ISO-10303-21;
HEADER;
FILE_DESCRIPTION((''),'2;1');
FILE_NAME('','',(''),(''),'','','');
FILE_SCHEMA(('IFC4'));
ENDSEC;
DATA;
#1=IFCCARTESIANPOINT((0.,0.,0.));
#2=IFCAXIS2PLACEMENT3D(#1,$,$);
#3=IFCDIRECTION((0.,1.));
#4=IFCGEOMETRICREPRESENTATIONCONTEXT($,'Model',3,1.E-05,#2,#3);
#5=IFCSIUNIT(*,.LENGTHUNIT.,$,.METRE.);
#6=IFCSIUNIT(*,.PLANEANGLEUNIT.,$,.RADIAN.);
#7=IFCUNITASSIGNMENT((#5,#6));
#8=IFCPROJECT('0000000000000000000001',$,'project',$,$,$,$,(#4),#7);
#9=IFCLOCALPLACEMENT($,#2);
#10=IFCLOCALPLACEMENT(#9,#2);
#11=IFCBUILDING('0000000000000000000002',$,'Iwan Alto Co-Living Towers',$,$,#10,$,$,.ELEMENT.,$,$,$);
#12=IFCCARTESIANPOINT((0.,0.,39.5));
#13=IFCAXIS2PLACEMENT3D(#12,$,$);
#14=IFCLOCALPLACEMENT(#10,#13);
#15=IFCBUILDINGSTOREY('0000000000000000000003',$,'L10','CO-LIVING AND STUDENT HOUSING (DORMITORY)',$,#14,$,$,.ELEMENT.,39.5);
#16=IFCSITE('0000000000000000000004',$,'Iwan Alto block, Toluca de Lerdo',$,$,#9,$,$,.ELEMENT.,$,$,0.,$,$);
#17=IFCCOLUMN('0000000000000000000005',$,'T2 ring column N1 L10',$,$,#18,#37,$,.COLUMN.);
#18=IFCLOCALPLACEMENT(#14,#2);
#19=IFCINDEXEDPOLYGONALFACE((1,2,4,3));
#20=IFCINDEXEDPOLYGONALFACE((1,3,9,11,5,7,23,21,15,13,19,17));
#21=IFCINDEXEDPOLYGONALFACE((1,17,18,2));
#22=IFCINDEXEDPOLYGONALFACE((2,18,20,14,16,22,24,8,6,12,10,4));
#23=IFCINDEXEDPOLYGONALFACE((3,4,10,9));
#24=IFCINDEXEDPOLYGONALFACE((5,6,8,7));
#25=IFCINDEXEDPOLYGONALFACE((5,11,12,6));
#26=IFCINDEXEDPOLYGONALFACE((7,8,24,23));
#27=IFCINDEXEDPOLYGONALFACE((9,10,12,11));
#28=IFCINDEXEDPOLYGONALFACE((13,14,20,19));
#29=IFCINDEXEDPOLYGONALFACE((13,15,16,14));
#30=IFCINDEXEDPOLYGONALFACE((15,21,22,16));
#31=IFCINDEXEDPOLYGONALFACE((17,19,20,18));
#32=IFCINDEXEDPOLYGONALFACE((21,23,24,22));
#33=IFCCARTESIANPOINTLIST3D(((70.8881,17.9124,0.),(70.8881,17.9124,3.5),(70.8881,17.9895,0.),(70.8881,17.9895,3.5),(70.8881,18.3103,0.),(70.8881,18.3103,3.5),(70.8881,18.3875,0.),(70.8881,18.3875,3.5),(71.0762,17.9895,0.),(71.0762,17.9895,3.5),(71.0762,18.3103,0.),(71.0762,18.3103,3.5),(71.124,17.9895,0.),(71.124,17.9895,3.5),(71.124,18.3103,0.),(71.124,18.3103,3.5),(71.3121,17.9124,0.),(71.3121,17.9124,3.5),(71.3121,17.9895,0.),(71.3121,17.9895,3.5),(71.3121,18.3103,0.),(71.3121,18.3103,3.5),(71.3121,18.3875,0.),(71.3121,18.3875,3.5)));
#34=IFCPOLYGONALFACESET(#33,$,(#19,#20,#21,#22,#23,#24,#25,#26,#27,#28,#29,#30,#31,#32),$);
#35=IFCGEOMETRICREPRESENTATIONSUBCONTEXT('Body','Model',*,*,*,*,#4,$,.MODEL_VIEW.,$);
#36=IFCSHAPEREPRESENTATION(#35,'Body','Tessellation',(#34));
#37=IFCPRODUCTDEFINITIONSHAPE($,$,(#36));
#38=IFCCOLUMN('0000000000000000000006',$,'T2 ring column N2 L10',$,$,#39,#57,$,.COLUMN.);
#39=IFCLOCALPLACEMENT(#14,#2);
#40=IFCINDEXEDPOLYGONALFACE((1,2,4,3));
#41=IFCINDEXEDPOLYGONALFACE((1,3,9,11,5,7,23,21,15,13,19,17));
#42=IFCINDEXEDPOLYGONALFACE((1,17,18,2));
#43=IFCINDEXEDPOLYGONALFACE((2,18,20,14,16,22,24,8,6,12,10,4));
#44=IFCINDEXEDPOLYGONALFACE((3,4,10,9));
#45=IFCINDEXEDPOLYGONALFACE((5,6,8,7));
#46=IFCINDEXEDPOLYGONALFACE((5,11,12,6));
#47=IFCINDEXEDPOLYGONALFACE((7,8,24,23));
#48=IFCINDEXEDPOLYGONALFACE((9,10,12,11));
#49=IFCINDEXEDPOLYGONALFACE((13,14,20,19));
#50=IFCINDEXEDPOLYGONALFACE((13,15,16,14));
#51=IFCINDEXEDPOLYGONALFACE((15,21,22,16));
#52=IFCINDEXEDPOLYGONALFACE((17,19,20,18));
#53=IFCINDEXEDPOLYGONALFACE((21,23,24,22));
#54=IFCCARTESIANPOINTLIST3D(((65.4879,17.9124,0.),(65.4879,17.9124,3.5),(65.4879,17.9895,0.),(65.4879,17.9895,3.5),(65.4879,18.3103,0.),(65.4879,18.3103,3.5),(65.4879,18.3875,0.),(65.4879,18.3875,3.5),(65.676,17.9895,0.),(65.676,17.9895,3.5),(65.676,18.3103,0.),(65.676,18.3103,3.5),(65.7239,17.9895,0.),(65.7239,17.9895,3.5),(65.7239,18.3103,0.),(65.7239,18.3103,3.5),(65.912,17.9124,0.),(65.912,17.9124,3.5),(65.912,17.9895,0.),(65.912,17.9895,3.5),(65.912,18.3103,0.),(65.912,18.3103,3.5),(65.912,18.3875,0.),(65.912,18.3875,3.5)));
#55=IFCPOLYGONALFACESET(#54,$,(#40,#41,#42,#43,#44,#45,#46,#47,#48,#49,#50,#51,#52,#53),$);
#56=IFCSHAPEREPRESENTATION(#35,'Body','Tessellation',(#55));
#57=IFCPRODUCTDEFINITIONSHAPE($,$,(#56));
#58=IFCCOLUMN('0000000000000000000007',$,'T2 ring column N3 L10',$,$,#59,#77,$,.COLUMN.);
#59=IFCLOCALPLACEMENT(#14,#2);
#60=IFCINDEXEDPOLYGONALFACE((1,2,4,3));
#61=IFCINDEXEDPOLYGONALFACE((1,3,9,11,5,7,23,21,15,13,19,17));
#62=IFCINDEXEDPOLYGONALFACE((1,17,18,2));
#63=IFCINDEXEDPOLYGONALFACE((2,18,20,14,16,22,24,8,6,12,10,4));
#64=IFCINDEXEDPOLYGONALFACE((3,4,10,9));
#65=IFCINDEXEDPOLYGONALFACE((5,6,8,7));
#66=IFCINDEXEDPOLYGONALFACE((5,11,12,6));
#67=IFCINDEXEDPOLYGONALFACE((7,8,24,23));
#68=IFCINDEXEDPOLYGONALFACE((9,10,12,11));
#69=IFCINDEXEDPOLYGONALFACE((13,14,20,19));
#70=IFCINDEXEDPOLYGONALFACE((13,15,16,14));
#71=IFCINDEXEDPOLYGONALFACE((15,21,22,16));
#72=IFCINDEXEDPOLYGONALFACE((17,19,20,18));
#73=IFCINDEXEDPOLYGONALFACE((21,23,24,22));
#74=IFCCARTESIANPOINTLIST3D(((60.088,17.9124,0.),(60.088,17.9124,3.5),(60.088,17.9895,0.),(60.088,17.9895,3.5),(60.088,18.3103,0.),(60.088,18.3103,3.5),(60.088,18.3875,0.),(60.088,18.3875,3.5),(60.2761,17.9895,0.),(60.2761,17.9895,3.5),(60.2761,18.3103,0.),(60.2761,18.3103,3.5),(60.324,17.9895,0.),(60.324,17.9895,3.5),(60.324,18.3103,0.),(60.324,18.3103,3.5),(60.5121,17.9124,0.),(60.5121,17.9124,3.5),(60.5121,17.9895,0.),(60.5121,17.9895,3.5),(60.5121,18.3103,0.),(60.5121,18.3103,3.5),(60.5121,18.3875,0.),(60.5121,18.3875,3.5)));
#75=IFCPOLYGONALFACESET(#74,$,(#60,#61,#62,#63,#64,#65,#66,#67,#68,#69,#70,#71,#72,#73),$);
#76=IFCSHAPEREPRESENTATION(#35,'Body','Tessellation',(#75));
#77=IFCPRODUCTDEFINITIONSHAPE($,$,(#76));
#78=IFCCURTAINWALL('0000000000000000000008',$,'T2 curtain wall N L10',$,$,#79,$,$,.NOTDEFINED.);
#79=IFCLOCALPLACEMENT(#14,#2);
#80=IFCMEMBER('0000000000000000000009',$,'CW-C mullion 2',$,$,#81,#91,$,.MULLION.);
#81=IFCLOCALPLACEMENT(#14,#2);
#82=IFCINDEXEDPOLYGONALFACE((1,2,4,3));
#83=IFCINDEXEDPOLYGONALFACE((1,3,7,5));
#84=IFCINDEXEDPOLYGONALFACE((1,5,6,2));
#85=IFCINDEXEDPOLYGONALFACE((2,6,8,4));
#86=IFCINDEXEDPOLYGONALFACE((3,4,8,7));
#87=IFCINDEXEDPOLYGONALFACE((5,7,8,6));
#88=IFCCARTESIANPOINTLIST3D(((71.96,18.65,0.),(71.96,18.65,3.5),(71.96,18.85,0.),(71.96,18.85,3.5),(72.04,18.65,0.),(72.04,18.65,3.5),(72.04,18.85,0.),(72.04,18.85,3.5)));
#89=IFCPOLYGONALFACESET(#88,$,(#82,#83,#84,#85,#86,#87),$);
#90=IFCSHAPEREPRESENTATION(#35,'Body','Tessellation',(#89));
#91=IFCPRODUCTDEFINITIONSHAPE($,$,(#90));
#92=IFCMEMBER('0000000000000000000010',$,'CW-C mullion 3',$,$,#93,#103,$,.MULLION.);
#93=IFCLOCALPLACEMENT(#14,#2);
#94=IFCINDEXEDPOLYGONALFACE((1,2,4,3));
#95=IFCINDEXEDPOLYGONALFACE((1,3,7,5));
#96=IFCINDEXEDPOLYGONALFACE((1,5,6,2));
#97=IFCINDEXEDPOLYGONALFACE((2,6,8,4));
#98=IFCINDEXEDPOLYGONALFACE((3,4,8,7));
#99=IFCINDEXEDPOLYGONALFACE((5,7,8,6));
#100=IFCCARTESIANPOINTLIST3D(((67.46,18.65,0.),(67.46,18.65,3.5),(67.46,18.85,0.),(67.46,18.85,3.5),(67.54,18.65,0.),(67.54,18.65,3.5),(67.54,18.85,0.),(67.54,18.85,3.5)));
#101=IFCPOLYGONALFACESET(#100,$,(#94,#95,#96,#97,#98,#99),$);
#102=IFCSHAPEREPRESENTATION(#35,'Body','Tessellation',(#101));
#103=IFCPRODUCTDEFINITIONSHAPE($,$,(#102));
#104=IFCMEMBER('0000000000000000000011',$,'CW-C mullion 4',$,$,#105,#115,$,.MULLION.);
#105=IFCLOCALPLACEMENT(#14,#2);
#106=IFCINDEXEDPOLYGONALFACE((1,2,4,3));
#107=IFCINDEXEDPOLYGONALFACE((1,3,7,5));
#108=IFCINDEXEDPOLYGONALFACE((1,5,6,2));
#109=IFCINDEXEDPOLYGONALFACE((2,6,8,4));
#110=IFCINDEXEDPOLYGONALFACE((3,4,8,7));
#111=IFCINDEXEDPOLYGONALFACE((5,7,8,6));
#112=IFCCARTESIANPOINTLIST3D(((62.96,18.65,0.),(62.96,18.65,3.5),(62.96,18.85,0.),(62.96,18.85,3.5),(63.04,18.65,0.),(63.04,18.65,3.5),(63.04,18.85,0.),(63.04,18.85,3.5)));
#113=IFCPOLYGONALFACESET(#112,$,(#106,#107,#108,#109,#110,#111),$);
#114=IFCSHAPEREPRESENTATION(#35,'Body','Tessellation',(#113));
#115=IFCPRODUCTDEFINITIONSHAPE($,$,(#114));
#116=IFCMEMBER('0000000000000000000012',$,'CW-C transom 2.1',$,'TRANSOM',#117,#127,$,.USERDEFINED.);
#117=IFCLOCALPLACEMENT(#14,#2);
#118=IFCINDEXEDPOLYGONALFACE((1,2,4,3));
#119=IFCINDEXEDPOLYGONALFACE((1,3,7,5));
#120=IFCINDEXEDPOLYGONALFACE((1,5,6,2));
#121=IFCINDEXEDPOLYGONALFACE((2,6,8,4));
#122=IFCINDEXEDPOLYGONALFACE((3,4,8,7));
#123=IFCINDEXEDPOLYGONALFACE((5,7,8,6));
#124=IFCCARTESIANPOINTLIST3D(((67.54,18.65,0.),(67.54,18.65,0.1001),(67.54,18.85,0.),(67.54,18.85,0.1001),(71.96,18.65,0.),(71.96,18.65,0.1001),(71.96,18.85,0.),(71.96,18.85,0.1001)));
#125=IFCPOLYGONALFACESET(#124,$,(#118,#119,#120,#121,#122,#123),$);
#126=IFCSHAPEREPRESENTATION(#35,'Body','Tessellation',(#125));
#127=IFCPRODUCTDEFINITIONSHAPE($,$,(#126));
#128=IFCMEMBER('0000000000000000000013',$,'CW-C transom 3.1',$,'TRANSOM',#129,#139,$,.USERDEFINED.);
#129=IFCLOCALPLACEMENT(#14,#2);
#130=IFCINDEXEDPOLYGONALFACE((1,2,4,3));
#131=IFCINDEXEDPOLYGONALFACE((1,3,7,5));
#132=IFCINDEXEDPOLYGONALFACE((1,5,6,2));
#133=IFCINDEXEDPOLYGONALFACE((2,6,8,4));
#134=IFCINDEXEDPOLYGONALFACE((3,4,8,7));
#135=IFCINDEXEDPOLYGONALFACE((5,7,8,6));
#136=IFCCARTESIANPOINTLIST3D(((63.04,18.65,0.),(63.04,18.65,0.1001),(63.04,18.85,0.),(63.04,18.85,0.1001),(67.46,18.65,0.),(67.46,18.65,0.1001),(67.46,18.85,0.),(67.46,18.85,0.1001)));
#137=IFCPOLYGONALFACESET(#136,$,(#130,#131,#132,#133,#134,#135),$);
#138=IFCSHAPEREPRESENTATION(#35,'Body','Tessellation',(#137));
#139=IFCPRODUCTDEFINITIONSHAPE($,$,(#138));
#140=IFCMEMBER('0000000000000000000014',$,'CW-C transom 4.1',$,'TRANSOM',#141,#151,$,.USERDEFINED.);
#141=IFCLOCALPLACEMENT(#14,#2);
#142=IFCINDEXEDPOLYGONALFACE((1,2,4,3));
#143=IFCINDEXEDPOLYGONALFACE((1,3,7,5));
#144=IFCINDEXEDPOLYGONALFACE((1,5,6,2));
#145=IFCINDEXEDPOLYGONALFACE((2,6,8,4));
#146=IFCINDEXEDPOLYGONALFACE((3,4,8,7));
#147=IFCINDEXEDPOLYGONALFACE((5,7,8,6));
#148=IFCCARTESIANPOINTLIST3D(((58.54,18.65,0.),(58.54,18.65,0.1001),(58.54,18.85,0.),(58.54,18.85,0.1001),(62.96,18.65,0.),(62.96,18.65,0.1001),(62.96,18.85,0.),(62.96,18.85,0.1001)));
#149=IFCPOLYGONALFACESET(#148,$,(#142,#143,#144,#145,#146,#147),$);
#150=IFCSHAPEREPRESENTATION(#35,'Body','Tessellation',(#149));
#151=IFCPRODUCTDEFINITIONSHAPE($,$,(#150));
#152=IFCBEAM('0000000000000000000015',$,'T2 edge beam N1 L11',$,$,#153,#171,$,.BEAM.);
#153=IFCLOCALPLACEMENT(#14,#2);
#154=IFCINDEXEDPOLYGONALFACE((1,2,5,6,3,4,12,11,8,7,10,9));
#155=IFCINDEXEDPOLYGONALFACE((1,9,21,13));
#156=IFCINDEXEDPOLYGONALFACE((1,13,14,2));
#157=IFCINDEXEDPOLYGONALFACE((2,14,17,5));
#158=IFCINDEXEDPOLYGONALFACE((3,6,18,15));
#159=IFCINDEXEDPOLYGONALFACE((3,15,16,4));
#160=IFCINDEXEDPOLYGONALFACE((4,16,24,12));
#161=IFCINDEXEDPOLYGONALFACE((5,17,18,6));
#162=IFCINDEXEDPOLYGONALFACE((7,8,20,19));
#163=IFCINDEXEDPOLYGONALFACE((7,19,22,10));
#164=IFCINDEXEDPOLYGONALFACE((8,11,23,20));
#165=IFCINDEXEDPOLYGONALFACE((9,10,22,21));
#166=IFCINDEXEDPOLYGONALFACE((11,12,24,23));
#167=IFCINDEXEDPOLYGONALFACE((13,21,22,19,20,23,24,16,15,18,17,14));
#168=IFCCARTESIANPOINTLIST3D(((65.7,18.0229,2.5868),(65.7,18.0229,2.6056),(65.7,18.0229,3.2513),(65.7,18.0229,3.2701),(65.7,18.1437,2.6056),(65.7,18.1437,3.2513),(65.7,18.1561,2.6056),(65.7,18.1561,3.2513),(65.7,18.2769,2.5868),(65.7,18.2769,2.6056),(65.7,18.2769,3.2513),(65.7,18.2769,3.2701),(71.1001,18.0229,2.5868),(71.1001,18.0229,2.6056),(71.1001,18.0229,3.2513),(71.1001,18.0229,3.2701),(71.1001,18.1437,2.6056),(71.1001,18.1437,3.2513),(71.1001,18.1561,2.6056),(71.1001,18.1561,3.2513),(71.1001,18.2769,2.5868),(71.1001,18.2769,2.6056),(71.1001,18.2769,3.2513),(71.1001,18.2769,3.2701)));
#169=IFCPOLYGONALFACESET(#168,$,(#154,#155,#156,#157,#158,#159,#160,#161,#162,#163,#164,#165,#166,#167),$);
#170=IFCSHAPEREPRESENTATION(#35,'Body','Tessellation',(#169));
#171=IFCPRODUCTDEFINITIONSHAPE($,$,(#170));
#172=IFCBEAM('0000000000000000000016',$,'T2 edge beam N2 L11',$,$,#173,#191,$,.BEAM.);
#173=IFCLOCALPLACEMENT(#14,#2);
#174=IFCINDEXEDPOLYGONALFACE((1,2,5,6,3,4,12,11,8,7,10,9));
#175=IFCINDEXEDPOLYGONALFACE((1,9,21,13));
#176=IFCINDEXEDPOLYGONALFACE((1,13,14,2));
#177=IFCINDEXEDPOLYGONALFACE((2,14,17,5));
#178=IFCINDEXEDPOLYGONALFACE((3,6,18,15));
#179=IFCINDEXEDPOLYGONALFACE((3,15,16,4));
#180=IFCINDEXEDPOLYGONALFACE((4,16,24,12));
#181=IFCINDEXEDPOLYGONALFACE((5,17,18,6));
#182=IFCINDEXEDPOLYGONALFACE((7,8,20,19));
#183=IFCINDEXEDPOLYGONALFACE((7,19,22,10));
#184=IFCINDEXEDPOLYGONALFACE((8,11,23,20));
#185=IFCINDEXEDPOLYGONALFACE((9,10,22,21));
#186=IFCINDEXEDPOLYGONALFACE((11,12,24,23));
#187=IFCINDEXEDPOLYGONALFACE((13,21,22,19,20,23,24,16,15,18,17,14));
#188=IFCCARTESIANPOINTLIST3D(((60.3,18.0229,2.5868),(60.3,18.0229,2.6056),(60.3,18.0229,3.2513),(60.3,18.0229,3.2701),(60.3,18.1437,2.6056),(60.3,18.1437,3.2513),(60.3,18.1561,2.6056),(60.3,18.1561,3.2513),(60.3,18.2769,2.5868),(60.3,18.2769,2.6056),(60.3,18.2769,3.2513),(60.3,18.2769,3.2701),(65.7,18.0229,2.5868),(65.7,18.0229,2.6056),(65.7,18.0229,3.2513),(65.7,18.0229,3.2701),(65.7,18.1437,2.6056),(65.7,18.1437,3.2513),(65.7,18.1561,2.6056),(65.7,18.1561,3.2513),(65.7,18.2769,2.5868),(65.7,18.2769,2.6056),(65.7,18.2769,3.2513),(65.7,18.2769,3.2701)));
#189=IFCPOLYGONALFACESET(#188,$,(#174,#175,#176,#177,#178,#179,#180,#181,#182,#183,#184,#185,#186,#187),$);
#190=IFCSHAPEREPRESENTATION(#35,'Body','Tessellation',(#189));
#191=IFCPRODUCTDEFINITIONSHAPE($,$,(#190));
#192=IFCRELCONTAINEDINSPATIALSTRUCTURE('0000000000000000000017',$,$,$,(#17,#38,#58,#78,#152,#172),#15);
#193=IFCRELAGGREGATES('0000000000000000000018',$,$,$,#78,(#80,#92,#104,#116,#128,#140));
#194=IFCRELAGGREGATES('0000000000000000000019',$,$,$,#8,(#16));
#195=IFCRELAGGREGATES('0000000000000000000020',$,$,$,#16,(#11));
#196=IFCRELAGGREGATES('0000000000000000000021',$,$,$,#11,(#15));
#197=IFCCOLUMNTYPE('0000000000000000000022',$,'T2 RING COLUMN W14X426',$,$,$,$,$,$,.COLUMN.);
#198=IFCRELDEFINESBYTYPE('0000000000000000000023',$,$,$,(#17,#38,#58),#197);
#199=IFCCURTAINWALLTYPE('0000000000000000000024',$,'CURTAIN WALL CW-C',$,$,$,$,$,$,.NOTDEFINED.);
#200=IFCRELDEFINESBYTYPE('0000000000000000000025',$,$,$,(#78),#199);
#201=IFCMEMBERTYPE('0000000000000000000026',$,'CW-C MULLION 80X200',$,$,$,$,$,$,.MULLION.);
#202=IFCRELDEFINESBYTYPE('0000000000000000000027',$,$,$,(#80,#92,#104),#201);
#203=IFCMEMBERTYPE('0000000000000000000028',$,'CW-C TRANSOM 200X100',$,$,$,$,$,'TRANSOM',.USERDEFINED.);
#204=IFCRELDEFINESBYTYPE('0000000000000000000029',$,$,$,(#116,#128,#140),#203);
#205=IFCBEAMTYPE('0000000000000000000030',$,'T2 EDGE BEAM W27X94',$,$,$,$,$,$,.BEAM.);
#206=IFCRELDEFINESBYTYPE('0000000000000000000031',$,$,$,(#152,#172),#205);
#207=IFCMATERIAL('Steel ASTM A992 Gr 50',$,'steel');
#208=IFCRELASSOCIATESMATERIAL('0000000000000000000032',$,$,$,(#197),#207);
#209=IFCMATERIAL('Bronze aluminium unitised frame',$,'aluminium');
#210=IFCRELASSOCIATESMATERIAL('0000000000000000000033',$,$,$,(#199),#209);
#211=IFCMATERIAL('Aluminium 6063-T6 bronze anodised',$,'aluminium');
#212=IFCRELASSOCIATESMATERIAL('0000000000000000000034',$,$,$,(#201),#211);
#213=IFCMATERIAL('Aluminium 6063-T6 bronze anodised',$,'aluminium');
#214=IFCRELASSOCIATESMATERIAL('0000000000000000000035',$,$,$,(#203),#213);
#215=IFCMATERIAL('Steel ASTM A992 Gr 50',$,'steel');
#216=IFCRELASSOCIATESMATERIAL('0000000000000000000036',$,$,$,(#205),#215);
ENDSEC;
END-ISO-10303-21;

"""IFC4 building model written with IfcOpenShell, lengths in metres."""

from ifc_helpers import new_model, si_unit, direction, frame, origin, origin_2d, place, context, subcontext, project, spatial, rectangle, i_section, extrude, material, material_profile, profile_set, type_object, element, aggregate, save


model = new_model("IFC4")

# Units and contexts
model_context = context("Model", 3, precision=1e-05, world=origin(), true_north=direction((0.0, 1.0)))
body_context = subcontext(model_context, "Body", "Model", "MODEL_VIEW")
ifc_project = project(units=[si_unit("LENGTHUNIT", "METRE"), si_unit("PLANEANGLEUNIT", "RADIAN")], contexts=[model_context])

# Site, building, storey
site_placement = place(None, origin())
site = spatial("IfcSite", under=ifc_project, at=site_placement, Name="Iwan Alto block, Toluca de Lerdo", CompositionType="ELEMENT", RefElevation=0.0)
building_placement = place(site_placement, origin())
building = spatial("IfcBuilding", under=site, at=building_placement, Name="Iwan Alto Co-Living Towers", CompositionType="ELEMENT")
storey_placement = place(building_placement, frame((0.0, 0.0, 39.5)))
storey = spatial("IfcBuildingStorey", under=building, at=storey_placement, Name="L10", Description="CO-LIVING AND STUDENT HOUSING (DORMITORY)", CompositionType="ELEMENT", Elevation=39.5)

# Columns
ifc_material_1 = material(Name="Steel ASTM A992 Gr 50", Category="steel")
ifc_material_profile_1 = material_profile(ifc_material_1, i_section(OverallWidth=0.4241, OverallDepth=0.4751, WebThickness=0.0479, FlangeThickness=0.0771, at=origin_2d()), Name="W14X426")
ifc_profile_set_1 = profile_set([ifc_material_profile_1], Name="Steel ASTM A992 Gr 50")
column_type = type_object("IfcColumnType", Name="T2 RING COLUMN W14X426", PredefinedType="COLUMN", material=ifc_profile_set_1)
for number, where, z_axis, x_axis, name in (
    (1, (71.1001, 18.1499, 0.0), (0.0, 0.0, 1.0), (1.0, 0.0, 0.0), "T2 ring column N1 L10"),
    (2, (65.7, 18.1499, 0.0), (0.0, 0.0, 1.0), (1.0, 0.0, 0.0), "T2 ring column N2 L10"),
    (3, (60.3, 18.1499, 0.0), (0.0, 0.0, 1.0), (1.0, 0.0, 0.0), "T2 ring column N3 L10"),
):
    element("IfcColumn", number, at=place(storey_placement, frame(where, z_axis=z_axis, x_axis=x_axis)), inside=storey, type_object=column_type, Name=name, PredefinedType="COLUMN", context=body_context, shape_type="SweptSolid", body=[
        extrude(i_section(OverallWidth=0.4241, OverallDepth=0.4751, WebThickness=0.0479, FlangeThickness=0.0771, at=origin_2d()), origin(), (0.0, 0.0, 1.0), 3.5),
    ])

# Curtain wall, members
ifc_material_2 = material(Name="Bronze aluminium unitised frame", Category="aluminium")
curtain_wall_type = type_object("IfcCurtainWallType", Name="CURTAIN WALL CW-C", PredefinedType="NOTDEFINED", material=ifc_material_2)
curtain_wall_placement = place(storey_placement, origin())
curtain_wall = element("IfcCurtainWall", 4, at=curtain_wall_placement, inside=storey, type_object=curtain_wall_type, Name="T2 curtain wall N L10", PredefinedType="NOTDEFINED")
ifc_material_3 = material(Name="Aluminium 6063-T6 bronze anodised", Category="aluminium")
ifc_material_profile_2 = material_profile(ifc_material_3, rectangle(XDim=0.2, YDim=0.0801, at=origin_2d()), Name="AL 80X200")
ifc_profile_set_2 = profile_set([ifc_material_profile_2], Name="Aluminium 6063-T6 bronze anodised")
member_type_1 = type_object("IfcMemberType", Name="CW-C MULLION 80X200", PredefinedType="MULLION", material=ifc_profile_set_2)
member_1_placement = place(storey_placement, frame((72.0, 18.75, 0.0), z_axis=(0.0, 0.0, 1.0), x_axis=(0.0, -1.0, 0.0)))
member_1 = element("IfcMember", 5, at=member_1_placement, type_object=member_type_1, Name="CW-C mullion 2", PredefinedType="MULLION", context=body_context, shape_type="SweptSolid", body=[
    extrude(rectangle(XDim=0.2, YDim=0.0801, at=origin_2d()), origin(), (0.0, 0.0, 1.0), 3.5),
])
member_2_placement = place(storey_placement, frame((67.5, 18.75, 0.0), z_axis=(0.0, 0.0, 1.0), x_axis=(0.0, -1.0, 0.0)))
member_2 = element("IfcMember", 6, at=member_2_placement, type_object=member_type_1, Name="CW-C mullion 3", PredefinedType="MULLION", context=body_context, shape_type="SweptSolid", body=[
    extrude(rectangle(XDim=0.2, YDim=0.0801, at=origin_2d()), origin(), (0.0, 0.0, 1.0), 3.5),
])
member_3_placement = place(storey_placement, frame((63.0, 18.75, 0.0), z_axis=(0.0, 0.0, 1.0), x_axis=(0.0, -1.0, 0.0)))
member_3 = element("IfcMember", 7, at=member_3_placement, type_object=member_type_1, Name="CW-C mullion 4", PredefinedType="MULLION", context=body_context, shape_type="SweptSolid", body=[
    extrude(rectangle(XDim=0.2, YDim=0.0801, at=origin_2d()), origin(), (0.0, 0.0, 1.0), 3.5),
])
ifc_material_4 = material(Name="Aluminium 6063-T6 bronze anodised", Category="aluminium")
ifc_material_profile_3 = material_profile(ifc_material_4, rectangle(XDim=0.2, YDim=0.1001, at=origin_2d()), Name="AL 200X100")
ifc_profile_set_3 = profile_set([ifc_material_profile_3], Name="Aluminium 6063-T6 bronze anodised")
member_type_2 = type_object("IfcMemberType", Name="CW-C TRANSOM 200X100", ElementType="TRANSOM", PredefinedType="USERDEFINED", material=ifc_profile_set_3)
member_4_placement = place(storey_placement, frame((71.96, 18.75, 0.05), z_axis=(-1.0, 0.0, 0.0), x_axis=(0.0, -1.0, 0.0)))
member_4 = element("IfcMember", 8, at=member_4_placement, type_object=member_type_2, Name="CW-C transom 2.1", ObjectType="TRANSOM", PredefinedType="USERDEFINED", context=body_context, shape_type="SweptSolid", body=[
    extrude(rectangle(XDim=0.2, YDim=0.1001, at=origin_2d()), origin(), (0.0, 0.0, 1.0), 4.4199),
])
member_5_placement = place(storey_placement, frame((67.46, 18.75, 0.05), z_axis=(-1.0, 0.0, 0.0), x_axis=(0.0, -1.0, 0.0)))
member_5 = element("IfcMember", 9, at=member_5_placement, type_object=member_type_2, Name="CW-C transom 3.1", ObjectType="TRANSOM", PredefinedType="USERDEFINED", context=body_context, shape_type="SweptSolid", body=[
    extrude(rectangle(XDim=0.2, YDim=0.1001, at=origin_2d()), origin(), (0.0, 0.0, 1.0), 4.4199),
])
member_6_placement = place(storey_placement, frame((62.96, 18.75, 0.05), z_axis=(-1.0, 0.0, 0.0), x_axis=(0.0, -1.0, 0.0)))
member_6 = element("IfcMember", 10, at=member_6_placement, type_object=member_type_2, Name="CW-C transom 4.1", ObjectType="TRANSOM", PredefinedType="USERDEFINED", context=body_context, shape_type="SweptSolid", body=[
    extrude(rectangle(XDim=0.2, YDim=0.1001, at=origin_2d()), origin(), (0.0, 0.0, 1.0), 4.4199),
])

# Beams
ifc_material_5 = material(Name="Steel ASTM A992 Gr 50", Category="steel")
ifc_material_profile_4 = material_profile(ifc_material_5, i_section(OverallWidth=0.2539, OverallDepth=0.6833, WebThickness=0.0125, FlangeThickness=0.0188, at=origin_2d()), Name="W27X94")
ifc_profile_set_4 = profile_set([ifc_material_profile_4], Name="Steel ASTM A992 Gr 50")
beam_type_1 = type_object("IfcBeamType", Name="T2 EDGE BEAM W27X94", PredefinedType="BEAM", material=ifc_profile_set_4)
beam_1_placement = place(storey_placement, frame((71.1001, 18.1499, 2.9285), z_axis=(-1.0, 0.0, 0.0), x_axis=(0.0, -1.0, 0.0)))
element("IfcBeam", 11, at=beam_1_placement, inside=storey, type_object=beam_type_1, Name="T2 edge beam N1 L11", PredefinedType="BEAM", context=body_context, shape_type="SweptSolid", body=[
    extrude(i_section(OverallWidth=0.2539, OverallDepth=0.6833, WebThickness=0.0125, FlangeThickness=0.0188, at=origin_2d()), origin(), (0.0, 0.0, 1.0), 5.4001),
])
beam_2_placement = place(storey_placement, frame((65.7, 18.1499, 2.9285), z_axis=(-1.0, 0.0, 0.0), x_axis=(0.0, -1.0, 0.0)))
element("IfcBeam", 12, at=beam_2_placement, inside=storey, type_object=beam_type_1, Name="T2 edge beam N2 L11", PredefinedType="BEAM", context=body_context, shape_type="SweptSolid", body=[
    extrude(i_section(OverallWidth=0.2539, OverallDepth=0.6833, WebThickness=0.0125, FlangeThickness=0.0188, at=origin_2d()), origin(), (0.0, 0.0, 1.0), 5.3999),
])

aggregate(curtain_wall, [member_1, member_2, member_3, member_4, member_5, member_6])

save(model, "model.ifc")
